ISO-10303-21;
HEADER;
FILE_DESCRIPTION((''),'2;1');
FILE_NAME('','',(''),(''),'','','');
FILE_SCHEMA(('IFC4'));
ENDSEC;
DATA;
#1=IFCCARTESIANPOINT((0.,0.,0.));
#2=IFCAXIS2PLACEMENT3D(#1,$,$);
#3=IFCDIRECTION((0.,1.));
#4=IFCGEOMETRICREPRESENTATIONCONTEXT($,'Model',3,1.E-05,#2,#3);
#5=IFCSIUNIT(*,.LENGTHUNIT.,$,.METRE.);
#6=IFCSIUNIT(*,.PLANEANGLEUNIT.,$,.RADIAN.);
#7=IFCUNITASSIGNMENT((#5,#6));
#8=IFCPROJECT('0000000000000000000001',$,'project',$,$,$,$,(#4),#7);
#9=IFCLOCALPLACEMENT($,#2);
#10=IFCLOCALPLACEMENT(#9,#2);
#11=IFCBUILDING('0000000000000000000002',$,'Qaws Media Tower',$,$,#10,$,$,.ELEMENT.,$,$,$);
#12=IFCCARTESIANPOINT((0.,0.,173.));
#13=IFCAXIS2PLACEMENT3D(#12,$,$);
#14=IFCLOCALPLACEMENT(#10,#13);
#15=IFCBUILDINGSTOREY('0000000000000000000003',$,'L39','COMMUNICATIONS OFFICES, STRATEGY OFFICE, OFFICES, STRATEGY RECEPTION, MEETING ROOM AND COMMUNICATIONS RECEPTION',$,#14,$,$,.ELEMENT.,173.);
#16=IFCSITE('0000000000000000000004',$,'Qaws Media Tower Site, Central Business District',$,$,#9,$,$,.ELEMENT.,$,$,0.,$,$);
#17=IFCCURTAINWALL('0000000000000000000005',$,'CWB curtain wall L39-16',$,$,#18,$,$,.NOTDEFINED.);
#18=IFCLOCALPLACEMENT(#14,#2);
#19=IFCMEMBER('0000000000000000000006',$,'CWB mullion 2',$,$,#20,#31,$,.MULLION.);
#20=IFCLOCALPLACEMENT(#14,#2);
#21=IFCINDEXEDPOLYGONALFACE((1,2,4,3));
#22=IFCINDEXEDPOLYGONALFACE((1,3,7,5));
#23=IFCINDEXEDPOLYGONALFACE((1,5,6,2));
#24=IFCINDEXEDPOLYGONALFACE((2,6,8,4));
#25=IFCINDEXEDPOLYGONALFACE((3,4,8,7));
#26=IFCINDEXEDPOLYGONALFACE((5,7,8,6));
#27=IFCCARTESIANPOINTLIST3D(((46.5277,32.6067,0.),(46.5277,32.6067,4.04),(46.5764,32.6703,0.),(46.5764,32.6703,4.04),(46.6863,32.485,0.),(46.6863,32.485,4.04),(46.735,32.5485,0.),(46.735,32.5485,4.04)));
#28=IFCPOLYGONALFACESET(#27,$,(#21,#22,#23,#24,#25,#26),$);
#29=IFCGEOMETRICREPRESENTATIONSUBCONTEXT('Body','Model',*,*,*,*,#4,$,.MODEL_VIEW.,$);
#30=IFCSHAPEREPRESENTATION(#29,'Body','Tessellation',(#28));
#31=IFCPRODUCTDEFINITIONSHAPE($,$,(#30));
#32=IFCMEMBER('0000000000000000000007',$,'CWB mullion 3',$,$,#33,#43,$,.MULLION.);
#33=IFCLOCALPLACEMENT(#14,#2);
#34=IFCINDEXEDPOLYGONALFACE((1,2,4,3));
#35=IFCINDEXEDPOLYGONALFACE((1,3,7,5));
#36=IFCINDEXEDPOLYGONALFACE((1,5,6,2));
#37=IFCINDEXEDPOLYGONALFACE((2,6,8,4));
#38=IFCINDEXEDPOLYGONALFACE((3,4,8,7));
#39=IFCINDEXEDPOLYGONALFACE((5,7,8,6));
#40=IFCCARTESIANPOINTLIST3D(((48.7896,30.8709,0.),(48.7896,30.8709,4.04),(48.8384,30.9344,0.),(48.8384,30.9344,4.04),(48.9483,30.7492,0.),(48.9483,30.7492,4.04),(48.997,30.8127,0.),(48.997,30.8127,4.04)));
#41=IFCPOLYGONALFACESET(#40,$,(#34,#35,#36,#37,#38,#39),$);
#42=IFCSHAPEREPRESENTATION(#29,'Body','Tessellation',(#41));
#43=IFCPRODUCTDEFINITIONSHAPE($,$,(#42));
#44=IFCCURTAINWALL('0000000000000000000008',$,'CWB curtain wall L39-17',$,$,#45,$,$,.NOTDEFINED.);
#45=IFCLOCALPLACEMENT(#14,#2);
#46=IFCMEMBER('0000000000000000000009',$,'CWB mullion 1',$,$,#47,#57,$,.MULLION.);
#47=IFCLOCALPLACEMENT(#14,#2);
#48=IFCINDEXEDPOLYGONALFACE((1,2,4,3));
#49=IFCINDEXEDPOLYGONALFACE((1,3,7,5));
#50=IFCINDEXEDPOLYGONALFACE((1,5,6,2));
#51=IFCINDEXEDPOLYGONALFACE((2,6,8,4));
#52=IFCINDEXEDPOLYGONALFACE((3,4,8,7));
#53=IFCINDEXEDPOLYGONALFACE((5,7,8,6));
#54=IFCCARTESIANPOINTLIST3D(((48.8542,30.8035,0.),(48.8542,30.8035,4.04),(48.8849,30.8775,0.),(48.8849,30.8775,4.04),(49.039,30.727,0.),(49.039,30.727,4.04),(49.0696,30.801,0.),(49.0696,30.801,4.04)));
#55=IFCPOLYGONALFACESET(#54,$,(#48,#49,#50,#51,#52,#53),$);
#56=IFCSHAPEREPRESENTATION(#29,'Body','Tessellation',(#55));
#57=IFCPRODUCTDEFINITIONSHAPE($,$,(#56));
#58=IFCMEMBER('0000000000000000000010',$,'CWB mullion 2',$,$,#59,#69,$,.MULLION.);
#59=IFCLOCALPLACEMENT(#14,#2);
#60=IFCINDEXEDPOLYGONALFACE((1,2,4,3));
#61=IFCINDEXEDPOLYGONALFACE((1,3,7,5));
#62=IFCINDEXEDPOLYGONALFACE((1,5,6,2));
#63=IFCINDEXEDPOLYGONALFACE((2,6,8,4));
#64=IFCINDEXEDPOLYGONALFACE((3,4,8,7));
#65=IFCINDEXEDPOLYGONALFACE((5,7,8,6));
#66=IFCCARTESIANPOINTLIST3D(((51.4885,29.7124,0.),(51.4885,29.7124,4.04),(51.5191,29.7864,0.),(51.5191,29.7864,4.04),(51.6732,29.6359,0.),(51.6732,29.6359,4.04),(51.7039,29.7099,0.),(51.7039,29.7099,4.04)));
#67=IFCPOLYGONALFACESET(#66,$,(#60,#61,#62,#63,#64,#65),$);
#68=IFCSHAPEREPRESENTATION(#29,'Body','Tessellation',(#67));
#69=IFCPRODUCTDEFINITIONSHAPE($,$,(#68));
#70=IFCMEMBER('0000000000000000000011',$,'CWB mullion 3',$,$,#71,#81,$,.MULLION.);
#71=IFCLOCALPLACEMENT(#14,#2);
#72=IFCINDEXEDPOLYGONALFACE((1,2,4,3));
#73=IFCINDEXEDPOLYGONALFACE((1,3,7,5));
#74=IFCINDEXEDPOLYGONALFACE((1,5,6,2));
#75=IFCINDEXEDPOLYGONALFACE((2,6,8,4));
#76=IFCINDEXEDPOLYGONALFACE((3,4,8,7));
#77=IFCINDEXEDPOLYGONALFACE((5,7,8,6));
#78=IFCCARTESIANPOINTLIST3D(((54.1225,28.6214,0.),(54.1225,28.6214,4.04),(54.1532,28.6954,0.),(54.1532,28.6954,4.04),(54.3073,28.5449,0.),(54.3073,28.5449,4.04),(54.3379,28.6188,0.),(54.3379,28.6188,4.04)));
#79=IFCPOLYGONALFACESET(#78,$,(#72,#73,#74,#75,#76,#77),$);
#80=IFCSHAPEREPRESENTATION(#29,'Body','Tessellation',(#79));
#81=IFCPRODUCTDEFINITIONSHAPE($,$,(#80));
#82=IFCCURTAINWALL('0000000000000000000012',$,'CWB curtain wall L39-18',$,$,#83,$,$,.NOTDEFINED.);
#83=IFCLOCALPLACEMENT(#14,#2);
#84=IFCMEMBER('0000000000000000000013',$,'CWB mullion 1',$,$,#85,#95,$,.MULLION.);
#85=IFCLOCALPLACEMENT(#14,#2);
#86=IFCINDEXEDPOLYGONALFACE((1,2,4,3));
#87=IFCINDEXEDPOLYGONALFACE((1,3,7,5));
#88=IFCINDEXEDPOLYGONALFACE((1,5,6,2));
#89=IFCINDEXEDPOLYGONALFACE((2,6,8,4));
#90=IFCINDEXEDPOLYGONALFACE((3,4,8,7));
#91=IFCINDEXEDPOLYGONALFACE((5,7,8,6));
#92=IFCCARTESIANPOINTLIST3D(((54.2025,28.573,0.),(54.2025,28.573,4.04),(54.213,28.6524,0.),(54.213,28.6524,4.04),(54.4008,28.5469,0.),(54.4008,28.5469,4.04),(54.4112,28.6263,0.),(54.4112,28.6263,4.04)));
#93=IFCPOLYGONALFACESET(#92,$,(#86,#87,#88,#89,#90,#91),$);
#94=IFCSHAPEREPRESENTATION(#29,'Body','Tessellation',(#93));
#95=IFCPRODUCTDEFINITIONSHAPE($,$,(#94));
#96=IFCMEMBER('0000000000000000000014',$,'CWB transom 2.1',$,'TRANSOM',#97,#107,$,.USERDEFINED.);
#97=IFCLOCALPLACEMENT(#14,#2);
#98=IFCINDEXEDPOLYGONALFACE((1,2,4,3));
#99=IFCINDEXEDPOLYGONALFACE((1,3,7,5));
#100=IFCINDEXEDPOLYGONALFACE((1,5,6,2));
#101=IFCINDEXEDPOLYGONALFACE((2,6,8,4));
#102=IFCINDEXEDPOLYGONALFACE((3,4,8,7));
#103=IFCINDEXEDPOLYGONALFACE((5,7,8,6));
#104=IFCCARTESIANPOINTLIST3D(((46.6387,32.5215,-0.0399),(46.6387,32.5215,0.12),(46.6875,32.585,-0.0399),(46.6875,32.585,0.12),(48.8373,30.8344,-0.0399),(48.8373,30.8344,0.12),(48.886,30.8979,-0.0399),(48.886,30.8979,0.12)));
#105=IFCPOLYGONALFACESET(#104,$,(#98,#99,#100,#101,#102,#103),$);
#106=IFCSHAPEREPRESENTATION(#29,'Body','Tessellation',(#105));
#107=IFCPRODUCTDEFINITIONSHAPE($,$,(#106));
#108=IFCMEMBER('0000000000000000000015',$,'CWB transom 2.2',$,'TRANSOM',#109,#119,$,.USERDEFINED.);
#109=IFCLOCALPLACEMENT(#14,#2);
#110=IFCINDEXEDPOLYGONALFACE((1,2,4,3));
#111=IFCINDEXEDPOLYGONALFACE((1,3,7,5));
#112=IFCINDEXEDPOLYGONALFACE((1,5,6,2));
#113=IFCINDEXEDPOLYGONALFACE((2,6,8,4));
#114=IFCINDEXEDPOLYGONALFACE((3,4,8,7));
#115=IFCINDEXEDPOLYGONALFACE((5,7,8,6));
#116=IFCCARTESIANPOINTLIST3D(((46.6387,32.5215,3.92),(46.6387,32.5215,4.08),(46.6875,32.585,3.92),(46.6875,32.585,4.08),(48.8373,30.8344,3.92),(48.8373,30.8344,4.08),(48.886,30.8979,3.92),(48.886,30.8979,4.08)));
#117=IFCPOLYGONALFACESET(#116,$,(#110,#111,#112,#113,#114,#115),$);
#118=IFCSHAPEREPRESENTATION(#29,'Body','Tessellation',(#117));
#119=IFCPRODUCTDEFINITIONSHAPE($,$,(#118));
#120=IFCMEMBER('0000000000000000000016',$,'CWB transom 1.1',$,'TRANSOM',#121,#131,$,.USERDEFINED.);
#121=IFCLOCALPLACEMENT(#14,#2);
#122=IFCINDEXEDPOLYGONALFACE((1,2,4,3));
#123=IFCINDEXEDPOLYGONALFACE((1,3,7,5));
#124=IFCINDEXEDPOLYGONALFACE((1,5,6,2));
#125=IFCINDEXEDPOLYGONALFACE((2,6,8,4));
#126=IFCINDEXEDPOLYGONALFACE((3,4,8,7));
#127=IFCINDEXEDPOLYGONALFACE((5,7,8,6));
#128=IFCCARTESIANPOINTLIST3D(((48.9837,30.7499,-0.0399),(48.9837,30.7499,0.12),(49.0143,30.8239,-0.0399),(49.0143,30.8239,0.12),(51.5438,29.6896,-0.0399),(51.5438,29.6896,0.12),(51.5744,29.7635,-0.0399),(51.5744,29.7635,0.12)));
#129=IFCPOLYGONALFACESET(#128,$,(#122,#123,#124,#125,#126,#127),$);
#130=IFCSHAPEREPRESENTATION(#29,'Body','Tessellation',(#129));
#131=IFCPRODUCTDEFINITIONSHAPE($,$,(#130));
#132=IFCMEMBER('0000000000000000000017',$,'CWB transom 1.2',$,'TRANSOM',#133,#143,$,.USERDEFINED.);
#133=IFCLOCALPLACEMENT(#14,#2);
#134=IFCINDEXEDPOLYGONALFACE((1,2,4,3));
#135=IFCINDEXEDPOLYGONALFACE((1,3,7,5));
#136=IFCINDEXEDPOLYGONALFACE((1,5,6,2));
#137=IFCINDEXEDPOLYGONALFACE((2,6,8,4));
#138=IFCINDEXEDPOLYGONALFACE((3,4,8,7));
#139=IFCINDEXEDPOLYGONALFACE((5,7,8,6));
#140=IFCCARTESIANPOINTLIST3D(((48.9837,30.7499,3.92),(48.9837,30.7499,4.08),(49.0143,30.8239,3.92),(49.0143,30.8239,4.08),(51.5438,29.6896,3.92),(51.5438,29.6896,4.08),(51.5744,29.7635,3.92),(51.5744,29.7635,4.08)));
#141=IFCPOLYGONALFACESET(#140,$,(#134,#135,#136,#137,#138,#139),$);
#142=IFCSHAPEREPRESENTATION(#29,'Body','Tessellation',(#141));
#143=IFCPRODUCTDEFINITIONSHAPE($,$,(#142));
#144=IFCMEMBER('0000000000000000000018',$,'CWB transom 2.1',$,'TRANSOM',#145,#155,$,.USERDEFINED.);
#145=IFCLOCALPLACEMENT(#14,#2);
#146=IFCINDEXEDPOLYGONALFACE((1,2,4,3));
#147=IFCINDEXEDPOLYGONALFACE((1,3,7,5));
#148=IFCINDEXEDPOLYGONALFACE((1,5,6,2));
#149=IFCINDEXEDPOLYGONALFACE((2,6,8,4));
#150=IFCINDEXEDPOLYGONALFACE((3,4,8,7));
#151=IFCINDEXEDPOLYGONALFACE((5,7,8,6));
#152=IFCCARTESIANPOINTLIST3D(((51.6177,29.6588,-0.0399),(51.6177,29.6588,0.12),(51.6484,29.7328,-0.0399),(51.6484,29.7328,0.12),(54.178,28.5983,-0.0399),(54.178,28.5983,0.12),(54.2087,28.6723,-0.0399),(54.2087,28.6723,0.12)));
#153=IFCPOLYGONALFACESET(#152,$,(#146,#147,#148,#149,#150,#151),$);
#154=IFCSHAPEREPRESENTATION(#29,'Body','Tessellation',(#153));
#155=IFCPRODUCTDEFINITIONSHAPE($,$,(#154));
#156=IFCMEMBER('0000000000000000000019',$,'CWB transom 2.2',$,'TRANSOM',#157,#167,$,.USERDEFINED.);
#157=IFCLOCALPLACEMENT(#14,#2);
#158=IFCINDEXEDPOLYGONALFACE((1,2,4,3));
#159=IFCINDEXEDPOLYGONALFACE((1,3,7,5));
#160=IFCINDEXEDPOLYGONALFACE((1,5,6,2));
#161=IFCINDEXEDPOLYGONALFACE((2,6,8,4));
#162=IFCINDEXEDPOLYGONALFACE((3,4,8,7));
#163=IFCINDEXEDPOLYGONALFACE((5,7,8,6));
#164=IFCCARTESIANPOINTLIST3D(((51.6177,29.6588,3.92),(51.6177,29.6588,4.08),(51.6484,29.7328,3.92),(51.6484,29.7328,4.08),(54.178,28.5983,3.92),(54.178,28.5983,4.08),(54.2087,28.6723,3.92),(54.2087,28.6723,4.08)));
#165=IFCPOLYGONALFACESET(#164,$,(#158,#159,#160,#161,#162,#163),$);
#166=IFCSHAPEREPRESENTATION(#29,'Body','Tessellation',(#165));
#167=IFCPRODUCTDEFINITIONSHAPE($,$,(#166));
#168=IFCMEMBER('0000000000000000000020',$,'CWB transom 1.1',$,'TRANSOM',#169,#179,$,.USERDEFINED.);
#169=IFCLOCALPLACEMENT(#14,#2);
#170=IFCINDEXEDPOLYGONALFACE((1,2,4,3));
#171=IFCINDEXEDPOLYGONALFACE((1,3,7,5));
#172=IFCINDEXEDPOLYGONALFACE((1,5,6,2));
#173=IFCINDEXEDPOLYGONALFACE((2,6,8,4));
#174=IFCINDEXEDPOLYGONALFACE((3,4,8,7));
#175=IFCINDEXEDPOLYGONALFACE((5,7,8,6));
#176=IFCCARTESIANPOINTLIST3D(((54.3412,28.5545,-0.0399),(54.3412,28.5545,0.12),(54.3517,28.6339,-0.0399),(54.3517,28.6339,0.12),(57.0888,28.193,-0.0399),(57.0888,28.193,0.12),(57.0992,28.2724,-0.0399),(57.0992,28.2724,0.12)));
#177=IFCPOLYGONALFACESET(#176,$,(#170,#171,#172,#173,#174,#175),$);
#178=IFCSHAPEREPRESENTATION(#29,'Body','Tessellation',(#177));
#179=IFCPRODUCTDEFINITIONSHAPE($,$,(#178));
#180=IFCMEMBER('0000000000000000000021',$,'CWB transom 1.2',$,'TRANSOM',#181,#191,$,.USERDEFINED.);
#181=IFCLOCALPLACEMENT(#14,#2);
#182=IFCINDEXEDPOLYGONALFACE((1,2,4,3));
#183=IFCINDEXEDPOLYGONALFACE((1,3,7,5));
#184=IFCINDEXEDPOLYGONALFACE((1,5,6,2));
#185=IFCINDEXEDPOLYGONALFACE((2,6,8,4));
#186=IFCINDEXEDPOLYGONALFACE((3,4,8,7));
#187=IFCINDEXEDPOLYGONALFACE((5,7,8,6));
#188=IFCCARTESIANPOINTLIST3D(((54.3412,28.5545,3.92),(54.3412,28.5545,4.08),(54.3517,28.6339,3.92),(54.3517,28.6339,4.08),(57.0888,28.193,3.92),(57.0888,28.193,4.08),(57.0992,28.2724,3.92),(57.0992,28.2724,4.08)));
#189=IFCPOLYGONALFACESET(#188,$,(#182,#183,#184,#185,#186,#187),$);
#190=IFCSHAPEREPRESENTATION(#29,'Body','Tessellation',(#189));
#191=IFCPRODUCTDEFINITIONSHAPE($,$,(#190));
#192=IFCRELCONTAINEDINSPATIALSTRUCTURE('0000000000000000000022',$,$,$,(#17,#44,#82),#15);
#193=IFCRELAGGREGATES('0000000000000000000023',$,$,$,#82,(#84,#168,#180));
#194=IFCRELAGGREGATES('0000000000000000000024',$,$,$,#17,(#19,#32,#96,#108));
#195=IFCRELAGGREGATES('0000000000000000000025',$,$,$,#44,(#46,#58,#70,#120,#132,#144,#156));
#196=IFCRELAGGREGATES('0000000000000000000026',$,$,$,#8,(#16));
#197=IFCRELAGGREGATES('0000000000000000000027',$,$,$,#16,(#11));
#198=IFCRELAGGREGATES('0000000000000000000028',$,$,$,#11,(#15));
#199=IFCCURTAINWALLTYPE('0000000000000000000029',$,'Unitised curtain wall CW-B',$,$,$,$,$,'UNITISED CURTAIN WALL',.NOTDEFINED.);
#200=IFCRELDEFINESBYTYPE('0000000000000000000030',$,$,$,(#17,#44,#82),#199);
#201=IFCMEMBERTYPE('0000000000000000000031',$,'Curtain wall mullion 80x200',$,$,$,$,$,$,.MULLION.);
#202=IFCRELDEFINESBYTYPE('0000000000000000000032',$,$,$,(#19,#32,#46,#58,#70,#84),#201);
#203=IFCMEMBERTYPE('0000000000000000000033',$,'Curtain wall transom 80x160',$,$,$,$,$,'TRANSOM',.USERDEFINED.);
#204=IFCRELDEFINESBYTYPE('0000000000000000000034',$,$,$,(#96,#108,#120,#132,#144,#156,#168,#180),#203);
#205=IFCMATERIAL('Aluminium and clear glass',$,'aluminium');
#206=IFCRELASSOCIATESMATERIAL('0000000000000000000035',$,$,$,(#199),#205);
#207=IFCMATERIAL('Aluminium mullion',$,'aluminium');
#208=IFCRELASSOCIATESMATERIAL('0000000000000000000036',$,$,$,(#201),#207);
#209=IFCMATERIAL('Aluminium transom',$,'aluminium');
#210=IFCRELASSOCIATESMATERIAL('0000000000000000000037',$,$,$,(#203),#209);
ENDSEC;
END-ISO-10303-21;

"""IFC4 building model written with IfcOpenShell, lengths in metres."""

from ifc_helpers import new_model, si_unit, direction, frame, origin, origin_2d, place, context, subcontext, project, spatial, rectangle, extrude, material, material_profile, profile_set, type_object, element, aggregate, save


model = new_model("IFC4")

# Units and contexts
model_context = context("Model", 3, precision=1e-05, world=origin(), true_north=direction((0.0, 1.0)))
body_context = subcontext(model_context, "Body", "Model", "MODEL_VIEW")
ifc_project = project(units=[si_unit("LENGTHUNIT", "METRE"), si_unit("PLANEANGLEUNIT", "RADIAN")], contexts=[model_context])

# Site, building, storey
site_placement = place(None, origin())
site = spatial("IfcSite", under=ifc_project, at=site_placement, Name="Qaws Media Tower Site, Central Business District", CompositionType="ELEMENT", RefElevation=0.0)
building_placement = place(site_placement, origin())
building = spatial("IfcBuilding", under=site, at=building_placement, Name="Qaws Media Tower", CompositionType="ELEMENT")
storey_placement = place(building_placement, frame((0.0, 0.0, 173.0)))
storey = spatial("IfcBuildingStorey", under=building, at=storey_placement, Name="L39", Description="COMMUNICATIONS OFFICES, STRATEGY OFFICE, OFFICES, STRATEGY RECEPTION, MEETING ROOM AND COMMUNICATIONS RECEPTION", CompositionType="ELEMENT", Elevation=173.0)

# Curtain walls, members
ifc_material_1 = material(Name="Aluminium and clear glass", Category="aluminium")
curtain_wall_type = type_object("IfcCurtainWallType", Name="Unitised curtain wall CW-B", ElementType="UNITISED CURTAIN WALL", PredefinedType="NOTDEFINED", material=ifc_material_1)
curtain_wall_1_placement = place(storey_placement, origin())
curtain_wall_1 = element("IfcCurtainWall", 1, at=curtain_wall_1_placement, inside=storey, type_object=curtain_wall_type, Name="CWB curtain wall L39-16", PredefinedType="NOTDEFINED")
ifc_material_2 = material(Name="Aluminium mullion", Category="aluminium")
ifc_material_profile_1 = material_profile(ifc_material_2, rectangle(XDim=0.0801, YDim=0.2, at=origin_2d()), Name="80x200")
ifc_profile_set_1 = profile_set([ifc_material_profile_1], Name="Aluminium mullion")
member_type_1 = type_object("IfcMemberType", Name="Curtain wall mullion 80x200", PredefinedType="MULLION", material=ifc_profile_set_1)
member_1_placement = place(storey_placement, frame((46.6313, 32.5776, 0.0), z_axis=(0.0, 0.0, 1.0), x_axis=(0.608762, 0.793353, 0.0)))
member_1 = element("IfcMember", 2, at=member_1_placement, type_object=member_type_1, Name="CWB mullion 2", PredefinedType="MULLION", context=body_context, shape_type="SweptSolid", body=[
    extrude(rectangle(XDim=0.0801, YDim=0.2, at=origin_2d()), origin(), (0.0, 0.0, 1.0), 4.04),
])
member_2_placement = place(storey_placement, frame((48.8933, 30.8418, 0.0), z_axis=(0.0, 0.0, 1.0), x_axis=(0.608762, 0.793353, 0.0)))
member_2 = element("IfcMember", 3, at=member_2_placement, type_object=member_type_1, Name="CWB mullion 3", PredefinedType="MULLION", context=body_context, shape_type="SweptSolid", body=[
    extrude(rectangle(XDim=0.0801, YDim=0.2, at=origin_2d()), origin(), (0.0, 0.0, 1.0), 4.04),
])
curtain_wall_2_placement = place(storey_placement, origin())
curtain_wall_2 = element("IfcCurtainWall", 4, at=curtain_wall_2_placement, inside=storey, type_object=curtain_wall_type, Name="CWB curtain wall L39-17", PredefinedType="NOTDEFINED")
member_3_placement = place(storey_placement, frame((48.9619, 30.8022, 0.0), z_axis=(0.0, 0.0, 1.0), x_axis=(0.382683, 0.92388, 0.0)))
member_3 = element("IfcMember", 5, at=member_3_placement, type_object=member_type_1, Name="CWB mullion 1", PredefinedType="MULLION", context=body_context, shape_type="SweptSolid", body=[
    extrude(rectangle(XDim=0.0801, YDim=0.2, at=origin_2d()), origin(), (0.0, 0.0, 1.0), 4.04),
])
member_4_placement = place(storey_placement, frame((51.5962, 29.7112, 0.0), z_axis=(0.0, 0.0, 1.0), x_axis=(0.382683, 0.92388, 0.0)))
member_4 = element("IfcMember", 6, at=member_4_placement, type_object=member_type_1, Name="CWB mullion 2", PredefinedType="MULLION", context=body_context, shape_type="SweptSolid", body=[
    extrude(rectangle(XDim=0.0801, YDim=0.2, at=origin_2d()), origin(), (0.0, 0.0, 1.0), 4.04),
])
member_5_placement = place(storey_placement, frame((54.2302, 28.6201, 0.0), z_axis=(0.0, 0.0, 1.0), x_axis=(0.382683, 0.92388, 0.0)))
member_5 = element("IfcMember", 7, at=member_5_placement, type_object=member_type_1, Name="CWB mullion 3", PredefinedType="MULLION", context=body_context, shape_type="SweptSolid", body=[
    extrude(rectangle(XDim=0.0801, YDim=0.2, at=origin_2d()), origin(), (0.0, 0.0, 1.0), 4.04),
])

# Curtain wall, member
curtain_wall_3_placement = place(storey_placement, origin())
curtain_wall_3 = element("IfcCurtainWall", 8, at=curtain_wall_3_placement, inside=storey, type_object=curtain_wall_type, Name="CWB curtain wall L39-18", PredefinedType="NOTDEFINED")
member_6_placement = place(storey_placement, frame((54.3069, 28.5996, 0.0), z_axis=(0.0, 0.0, 1.0), x_axis=(0.130526, 0.991445, 0.0)))
member_6 = element("IfcMember", 9, at=member_6_placement, type_object=member_type_1, Name="CWB mullion 1", PredefinedType="MULLION", context=body_context, shape_type="SweptSolid", body=[
    extrude(rectangle(XDim=0.0801, YDim=0.2, at=origin_2d()), origin(), (0.0, 0.0, 1.0), 4.04),
])

# Members
ifc_material_3 = material(Name="Aluminium transom", Category="aluminium")
ifc_material_profile_2 = material_profile(ifc_material_3, rectangle(XDim=0.0801, YDim=0.1599, at=origin_2d()), Name="80x160")
ifc_profile_set_2 = profile_set([ifc_material_profile_2], Name="Aluminium transom")
member_type_2 = type_object("IfcMemberType", Name="Curtain wall transom 80x160", ElementType="TRANSOM", PredefinedType="USERDEFINED", material=ifc_profile_set_2)
member_7_placement = place(storey_placement, frame((46.6631, 32.5532, 0.04), z_axis=(0.793344, -0.608774, 0.0), x_axis=(0.608774, 0.793344, 0.0)))
member_7 = element("IfcMember", 10, at=member_7_placement, type_object=member_type_2, Name="CWB transom 2.1", ObjectType="TRANSOM", PredefinedType="USERDEFINED", context=body_context, shape_type="SweptSolid", body=[
    extrude(rectangle(XDim=0.0801, YDim=0.1599, at=origin_2d()), origin(), (0.0, 0.0, 1.0), 2.7712),
])
member_8_placement = place(storey_placement, frame((46.6631, 32.5532, 4.0), z_axis=(0.793344, -0.608774, 0.0), x_axis=(0.608774, 0.793344, 0.0)))
member_8 = element("IfcMember", 11, at=member_8_placement, type_object=member_type_2, Name="CWB transom 2.2", ObjectType="TRANSOM", PredefinedType="USERDEFINED", context=body_context, shape_type="SweptSolid", body=[
    extrude(rectangle(XDim=0.0801, YDim=0.1599, at=origin_2d()), origin(), (0.0, 0.0, 1.0), 2.7712),
])
member_9_placement = place(storey_placement, frame((48.999, 30.7869, 0.04), z_axis=(0.923893, -0.38265, 0.0), x_axis=(0.38265, 0.923893, 0.0)))
member_9 = element("IfcMember", 12, at=member_9_placement, type_object=member_type_2, Name="CWB transom 1.1", ObjectType="TRANSOM", PredefinedType="USERDEFINED", context=body_context, shape_type="SweptSolid", body=[
    extrude(rectangle(XDim=0.0801, YDim=0.1599, at=origin_2d()), origin(), (0.0, 0.0, 1.0), 2.771),
])
member_10_placement = place(storey_placement, frame((48.999, 30.7869, 4.0), z_axis=(0.923893, -0.38265, 0.0), x_axis=(0.38265, 0.923893, 0.0)))
member_10 = element("IfcMember", 13, at=member_10_placement, type_object=member_type_2, Name="CWB transom 1.2", ObjectType="TRANSOM", PredefinedType="USERDEFINED", context=body_context, shape_type="SweptSolid", body=[
    extrude(rectangle(XDim=0.0801, YDim=0.1599, at=origin_2d()), origin(), (0.0, 0.0, 1.0), 2.771),
])
member_11_placement = place(storey_placement, frame((51.6331, 29.6958, 0.04), z_axis=(0.923875, -0.382694, 0.0), x_axis=(0.382694, 0.923875, 0.0)))
member_11 = element("IfcMember", 14, at=member_11_placement, type_object=member_type_2, Name="CWB transom 2.1", ObjectType="TRANSOM", PredefinedType="USERDEFINED", context=body_context, shape_type="SweptSolid", body=[
    extrude(rectangle(XDim=0.0801, YDim=0.1599, at=origin_2d()), origin(), (0.0, 0.0, 1.0), 2.7712),
])
member_12_placement = place(storey_placement, frame((51.6331, 29.6958, 4.0), z_axis=(0.923875, -0.382694, 0.0), x_axis=(0.382694, 0.923875, 0.0)))
member_12 = element("IfcMember", 15, at=member_12_placement, type_object=member_type_2, Name="CWB transom 2.2", ObjectType="TRANSOM", PredefinedType="USERDEFINED", context=body_context, shape_type="SweptSolid", body=[
    extrude(rectangle(XDim=0.0801, YDim=0.1599, at=origin_2d()), origin(), (0.0, 0.0, 1.0), 2.7712),
])
member_13_placement = place(storey_placement, frame((54.3464, 28.5942, 0.04), z_axis=(0.991452, -0.130473, 0.0), x_axis=(0.130473, 0.991452, 0.0)))
member_13 = element("IfcMember", 16, at=member_13_placement, type_object=member_type_2, Name="CWB transom 1.1", ObjectType="TRANSOM", PredefinedType="USERDEFINED", context=body_context, shape_type="SweptSolid", body=[
    extrude(rectangle(XDim=0.0801, YDim=0.1599, at=origin_2d()), origin(), (0.0, 0.0, 1.0), 2.7712),
])
member_14_placement = place(storey_placement, frame((54.3464, 28.5942, 4.0), z_axis=(0.991452, -0.130473, 0.0), x_axis=(0.130473, 0.991452, 0.0)))
member_14 = element("IfcMember", 17, at=member_14_placement, type_object=member_type_2, Name="CWB transom 1.2", ObjectType="TRANSOM", PredefinedType="USERDEFINED", context=body_context, shape_type="SweptSolid", body=[
    extrude(rectangle(XDim=0.0801, YDim=0.1599, at=origin_2d()), origin(), (0.0, 0.0, 1.0), 2.7712),
])
aggregate(curtain_wall_3, [member_6, member_13, member_14])

aggregate(curtain_wall_1, [member_1, member_2, member_7, member_8])
aggregate(curtain_wall_2, [member_3, member_4, member_5, member_9, member_10, member_11, member_12])

save(model, "model.ifc")
